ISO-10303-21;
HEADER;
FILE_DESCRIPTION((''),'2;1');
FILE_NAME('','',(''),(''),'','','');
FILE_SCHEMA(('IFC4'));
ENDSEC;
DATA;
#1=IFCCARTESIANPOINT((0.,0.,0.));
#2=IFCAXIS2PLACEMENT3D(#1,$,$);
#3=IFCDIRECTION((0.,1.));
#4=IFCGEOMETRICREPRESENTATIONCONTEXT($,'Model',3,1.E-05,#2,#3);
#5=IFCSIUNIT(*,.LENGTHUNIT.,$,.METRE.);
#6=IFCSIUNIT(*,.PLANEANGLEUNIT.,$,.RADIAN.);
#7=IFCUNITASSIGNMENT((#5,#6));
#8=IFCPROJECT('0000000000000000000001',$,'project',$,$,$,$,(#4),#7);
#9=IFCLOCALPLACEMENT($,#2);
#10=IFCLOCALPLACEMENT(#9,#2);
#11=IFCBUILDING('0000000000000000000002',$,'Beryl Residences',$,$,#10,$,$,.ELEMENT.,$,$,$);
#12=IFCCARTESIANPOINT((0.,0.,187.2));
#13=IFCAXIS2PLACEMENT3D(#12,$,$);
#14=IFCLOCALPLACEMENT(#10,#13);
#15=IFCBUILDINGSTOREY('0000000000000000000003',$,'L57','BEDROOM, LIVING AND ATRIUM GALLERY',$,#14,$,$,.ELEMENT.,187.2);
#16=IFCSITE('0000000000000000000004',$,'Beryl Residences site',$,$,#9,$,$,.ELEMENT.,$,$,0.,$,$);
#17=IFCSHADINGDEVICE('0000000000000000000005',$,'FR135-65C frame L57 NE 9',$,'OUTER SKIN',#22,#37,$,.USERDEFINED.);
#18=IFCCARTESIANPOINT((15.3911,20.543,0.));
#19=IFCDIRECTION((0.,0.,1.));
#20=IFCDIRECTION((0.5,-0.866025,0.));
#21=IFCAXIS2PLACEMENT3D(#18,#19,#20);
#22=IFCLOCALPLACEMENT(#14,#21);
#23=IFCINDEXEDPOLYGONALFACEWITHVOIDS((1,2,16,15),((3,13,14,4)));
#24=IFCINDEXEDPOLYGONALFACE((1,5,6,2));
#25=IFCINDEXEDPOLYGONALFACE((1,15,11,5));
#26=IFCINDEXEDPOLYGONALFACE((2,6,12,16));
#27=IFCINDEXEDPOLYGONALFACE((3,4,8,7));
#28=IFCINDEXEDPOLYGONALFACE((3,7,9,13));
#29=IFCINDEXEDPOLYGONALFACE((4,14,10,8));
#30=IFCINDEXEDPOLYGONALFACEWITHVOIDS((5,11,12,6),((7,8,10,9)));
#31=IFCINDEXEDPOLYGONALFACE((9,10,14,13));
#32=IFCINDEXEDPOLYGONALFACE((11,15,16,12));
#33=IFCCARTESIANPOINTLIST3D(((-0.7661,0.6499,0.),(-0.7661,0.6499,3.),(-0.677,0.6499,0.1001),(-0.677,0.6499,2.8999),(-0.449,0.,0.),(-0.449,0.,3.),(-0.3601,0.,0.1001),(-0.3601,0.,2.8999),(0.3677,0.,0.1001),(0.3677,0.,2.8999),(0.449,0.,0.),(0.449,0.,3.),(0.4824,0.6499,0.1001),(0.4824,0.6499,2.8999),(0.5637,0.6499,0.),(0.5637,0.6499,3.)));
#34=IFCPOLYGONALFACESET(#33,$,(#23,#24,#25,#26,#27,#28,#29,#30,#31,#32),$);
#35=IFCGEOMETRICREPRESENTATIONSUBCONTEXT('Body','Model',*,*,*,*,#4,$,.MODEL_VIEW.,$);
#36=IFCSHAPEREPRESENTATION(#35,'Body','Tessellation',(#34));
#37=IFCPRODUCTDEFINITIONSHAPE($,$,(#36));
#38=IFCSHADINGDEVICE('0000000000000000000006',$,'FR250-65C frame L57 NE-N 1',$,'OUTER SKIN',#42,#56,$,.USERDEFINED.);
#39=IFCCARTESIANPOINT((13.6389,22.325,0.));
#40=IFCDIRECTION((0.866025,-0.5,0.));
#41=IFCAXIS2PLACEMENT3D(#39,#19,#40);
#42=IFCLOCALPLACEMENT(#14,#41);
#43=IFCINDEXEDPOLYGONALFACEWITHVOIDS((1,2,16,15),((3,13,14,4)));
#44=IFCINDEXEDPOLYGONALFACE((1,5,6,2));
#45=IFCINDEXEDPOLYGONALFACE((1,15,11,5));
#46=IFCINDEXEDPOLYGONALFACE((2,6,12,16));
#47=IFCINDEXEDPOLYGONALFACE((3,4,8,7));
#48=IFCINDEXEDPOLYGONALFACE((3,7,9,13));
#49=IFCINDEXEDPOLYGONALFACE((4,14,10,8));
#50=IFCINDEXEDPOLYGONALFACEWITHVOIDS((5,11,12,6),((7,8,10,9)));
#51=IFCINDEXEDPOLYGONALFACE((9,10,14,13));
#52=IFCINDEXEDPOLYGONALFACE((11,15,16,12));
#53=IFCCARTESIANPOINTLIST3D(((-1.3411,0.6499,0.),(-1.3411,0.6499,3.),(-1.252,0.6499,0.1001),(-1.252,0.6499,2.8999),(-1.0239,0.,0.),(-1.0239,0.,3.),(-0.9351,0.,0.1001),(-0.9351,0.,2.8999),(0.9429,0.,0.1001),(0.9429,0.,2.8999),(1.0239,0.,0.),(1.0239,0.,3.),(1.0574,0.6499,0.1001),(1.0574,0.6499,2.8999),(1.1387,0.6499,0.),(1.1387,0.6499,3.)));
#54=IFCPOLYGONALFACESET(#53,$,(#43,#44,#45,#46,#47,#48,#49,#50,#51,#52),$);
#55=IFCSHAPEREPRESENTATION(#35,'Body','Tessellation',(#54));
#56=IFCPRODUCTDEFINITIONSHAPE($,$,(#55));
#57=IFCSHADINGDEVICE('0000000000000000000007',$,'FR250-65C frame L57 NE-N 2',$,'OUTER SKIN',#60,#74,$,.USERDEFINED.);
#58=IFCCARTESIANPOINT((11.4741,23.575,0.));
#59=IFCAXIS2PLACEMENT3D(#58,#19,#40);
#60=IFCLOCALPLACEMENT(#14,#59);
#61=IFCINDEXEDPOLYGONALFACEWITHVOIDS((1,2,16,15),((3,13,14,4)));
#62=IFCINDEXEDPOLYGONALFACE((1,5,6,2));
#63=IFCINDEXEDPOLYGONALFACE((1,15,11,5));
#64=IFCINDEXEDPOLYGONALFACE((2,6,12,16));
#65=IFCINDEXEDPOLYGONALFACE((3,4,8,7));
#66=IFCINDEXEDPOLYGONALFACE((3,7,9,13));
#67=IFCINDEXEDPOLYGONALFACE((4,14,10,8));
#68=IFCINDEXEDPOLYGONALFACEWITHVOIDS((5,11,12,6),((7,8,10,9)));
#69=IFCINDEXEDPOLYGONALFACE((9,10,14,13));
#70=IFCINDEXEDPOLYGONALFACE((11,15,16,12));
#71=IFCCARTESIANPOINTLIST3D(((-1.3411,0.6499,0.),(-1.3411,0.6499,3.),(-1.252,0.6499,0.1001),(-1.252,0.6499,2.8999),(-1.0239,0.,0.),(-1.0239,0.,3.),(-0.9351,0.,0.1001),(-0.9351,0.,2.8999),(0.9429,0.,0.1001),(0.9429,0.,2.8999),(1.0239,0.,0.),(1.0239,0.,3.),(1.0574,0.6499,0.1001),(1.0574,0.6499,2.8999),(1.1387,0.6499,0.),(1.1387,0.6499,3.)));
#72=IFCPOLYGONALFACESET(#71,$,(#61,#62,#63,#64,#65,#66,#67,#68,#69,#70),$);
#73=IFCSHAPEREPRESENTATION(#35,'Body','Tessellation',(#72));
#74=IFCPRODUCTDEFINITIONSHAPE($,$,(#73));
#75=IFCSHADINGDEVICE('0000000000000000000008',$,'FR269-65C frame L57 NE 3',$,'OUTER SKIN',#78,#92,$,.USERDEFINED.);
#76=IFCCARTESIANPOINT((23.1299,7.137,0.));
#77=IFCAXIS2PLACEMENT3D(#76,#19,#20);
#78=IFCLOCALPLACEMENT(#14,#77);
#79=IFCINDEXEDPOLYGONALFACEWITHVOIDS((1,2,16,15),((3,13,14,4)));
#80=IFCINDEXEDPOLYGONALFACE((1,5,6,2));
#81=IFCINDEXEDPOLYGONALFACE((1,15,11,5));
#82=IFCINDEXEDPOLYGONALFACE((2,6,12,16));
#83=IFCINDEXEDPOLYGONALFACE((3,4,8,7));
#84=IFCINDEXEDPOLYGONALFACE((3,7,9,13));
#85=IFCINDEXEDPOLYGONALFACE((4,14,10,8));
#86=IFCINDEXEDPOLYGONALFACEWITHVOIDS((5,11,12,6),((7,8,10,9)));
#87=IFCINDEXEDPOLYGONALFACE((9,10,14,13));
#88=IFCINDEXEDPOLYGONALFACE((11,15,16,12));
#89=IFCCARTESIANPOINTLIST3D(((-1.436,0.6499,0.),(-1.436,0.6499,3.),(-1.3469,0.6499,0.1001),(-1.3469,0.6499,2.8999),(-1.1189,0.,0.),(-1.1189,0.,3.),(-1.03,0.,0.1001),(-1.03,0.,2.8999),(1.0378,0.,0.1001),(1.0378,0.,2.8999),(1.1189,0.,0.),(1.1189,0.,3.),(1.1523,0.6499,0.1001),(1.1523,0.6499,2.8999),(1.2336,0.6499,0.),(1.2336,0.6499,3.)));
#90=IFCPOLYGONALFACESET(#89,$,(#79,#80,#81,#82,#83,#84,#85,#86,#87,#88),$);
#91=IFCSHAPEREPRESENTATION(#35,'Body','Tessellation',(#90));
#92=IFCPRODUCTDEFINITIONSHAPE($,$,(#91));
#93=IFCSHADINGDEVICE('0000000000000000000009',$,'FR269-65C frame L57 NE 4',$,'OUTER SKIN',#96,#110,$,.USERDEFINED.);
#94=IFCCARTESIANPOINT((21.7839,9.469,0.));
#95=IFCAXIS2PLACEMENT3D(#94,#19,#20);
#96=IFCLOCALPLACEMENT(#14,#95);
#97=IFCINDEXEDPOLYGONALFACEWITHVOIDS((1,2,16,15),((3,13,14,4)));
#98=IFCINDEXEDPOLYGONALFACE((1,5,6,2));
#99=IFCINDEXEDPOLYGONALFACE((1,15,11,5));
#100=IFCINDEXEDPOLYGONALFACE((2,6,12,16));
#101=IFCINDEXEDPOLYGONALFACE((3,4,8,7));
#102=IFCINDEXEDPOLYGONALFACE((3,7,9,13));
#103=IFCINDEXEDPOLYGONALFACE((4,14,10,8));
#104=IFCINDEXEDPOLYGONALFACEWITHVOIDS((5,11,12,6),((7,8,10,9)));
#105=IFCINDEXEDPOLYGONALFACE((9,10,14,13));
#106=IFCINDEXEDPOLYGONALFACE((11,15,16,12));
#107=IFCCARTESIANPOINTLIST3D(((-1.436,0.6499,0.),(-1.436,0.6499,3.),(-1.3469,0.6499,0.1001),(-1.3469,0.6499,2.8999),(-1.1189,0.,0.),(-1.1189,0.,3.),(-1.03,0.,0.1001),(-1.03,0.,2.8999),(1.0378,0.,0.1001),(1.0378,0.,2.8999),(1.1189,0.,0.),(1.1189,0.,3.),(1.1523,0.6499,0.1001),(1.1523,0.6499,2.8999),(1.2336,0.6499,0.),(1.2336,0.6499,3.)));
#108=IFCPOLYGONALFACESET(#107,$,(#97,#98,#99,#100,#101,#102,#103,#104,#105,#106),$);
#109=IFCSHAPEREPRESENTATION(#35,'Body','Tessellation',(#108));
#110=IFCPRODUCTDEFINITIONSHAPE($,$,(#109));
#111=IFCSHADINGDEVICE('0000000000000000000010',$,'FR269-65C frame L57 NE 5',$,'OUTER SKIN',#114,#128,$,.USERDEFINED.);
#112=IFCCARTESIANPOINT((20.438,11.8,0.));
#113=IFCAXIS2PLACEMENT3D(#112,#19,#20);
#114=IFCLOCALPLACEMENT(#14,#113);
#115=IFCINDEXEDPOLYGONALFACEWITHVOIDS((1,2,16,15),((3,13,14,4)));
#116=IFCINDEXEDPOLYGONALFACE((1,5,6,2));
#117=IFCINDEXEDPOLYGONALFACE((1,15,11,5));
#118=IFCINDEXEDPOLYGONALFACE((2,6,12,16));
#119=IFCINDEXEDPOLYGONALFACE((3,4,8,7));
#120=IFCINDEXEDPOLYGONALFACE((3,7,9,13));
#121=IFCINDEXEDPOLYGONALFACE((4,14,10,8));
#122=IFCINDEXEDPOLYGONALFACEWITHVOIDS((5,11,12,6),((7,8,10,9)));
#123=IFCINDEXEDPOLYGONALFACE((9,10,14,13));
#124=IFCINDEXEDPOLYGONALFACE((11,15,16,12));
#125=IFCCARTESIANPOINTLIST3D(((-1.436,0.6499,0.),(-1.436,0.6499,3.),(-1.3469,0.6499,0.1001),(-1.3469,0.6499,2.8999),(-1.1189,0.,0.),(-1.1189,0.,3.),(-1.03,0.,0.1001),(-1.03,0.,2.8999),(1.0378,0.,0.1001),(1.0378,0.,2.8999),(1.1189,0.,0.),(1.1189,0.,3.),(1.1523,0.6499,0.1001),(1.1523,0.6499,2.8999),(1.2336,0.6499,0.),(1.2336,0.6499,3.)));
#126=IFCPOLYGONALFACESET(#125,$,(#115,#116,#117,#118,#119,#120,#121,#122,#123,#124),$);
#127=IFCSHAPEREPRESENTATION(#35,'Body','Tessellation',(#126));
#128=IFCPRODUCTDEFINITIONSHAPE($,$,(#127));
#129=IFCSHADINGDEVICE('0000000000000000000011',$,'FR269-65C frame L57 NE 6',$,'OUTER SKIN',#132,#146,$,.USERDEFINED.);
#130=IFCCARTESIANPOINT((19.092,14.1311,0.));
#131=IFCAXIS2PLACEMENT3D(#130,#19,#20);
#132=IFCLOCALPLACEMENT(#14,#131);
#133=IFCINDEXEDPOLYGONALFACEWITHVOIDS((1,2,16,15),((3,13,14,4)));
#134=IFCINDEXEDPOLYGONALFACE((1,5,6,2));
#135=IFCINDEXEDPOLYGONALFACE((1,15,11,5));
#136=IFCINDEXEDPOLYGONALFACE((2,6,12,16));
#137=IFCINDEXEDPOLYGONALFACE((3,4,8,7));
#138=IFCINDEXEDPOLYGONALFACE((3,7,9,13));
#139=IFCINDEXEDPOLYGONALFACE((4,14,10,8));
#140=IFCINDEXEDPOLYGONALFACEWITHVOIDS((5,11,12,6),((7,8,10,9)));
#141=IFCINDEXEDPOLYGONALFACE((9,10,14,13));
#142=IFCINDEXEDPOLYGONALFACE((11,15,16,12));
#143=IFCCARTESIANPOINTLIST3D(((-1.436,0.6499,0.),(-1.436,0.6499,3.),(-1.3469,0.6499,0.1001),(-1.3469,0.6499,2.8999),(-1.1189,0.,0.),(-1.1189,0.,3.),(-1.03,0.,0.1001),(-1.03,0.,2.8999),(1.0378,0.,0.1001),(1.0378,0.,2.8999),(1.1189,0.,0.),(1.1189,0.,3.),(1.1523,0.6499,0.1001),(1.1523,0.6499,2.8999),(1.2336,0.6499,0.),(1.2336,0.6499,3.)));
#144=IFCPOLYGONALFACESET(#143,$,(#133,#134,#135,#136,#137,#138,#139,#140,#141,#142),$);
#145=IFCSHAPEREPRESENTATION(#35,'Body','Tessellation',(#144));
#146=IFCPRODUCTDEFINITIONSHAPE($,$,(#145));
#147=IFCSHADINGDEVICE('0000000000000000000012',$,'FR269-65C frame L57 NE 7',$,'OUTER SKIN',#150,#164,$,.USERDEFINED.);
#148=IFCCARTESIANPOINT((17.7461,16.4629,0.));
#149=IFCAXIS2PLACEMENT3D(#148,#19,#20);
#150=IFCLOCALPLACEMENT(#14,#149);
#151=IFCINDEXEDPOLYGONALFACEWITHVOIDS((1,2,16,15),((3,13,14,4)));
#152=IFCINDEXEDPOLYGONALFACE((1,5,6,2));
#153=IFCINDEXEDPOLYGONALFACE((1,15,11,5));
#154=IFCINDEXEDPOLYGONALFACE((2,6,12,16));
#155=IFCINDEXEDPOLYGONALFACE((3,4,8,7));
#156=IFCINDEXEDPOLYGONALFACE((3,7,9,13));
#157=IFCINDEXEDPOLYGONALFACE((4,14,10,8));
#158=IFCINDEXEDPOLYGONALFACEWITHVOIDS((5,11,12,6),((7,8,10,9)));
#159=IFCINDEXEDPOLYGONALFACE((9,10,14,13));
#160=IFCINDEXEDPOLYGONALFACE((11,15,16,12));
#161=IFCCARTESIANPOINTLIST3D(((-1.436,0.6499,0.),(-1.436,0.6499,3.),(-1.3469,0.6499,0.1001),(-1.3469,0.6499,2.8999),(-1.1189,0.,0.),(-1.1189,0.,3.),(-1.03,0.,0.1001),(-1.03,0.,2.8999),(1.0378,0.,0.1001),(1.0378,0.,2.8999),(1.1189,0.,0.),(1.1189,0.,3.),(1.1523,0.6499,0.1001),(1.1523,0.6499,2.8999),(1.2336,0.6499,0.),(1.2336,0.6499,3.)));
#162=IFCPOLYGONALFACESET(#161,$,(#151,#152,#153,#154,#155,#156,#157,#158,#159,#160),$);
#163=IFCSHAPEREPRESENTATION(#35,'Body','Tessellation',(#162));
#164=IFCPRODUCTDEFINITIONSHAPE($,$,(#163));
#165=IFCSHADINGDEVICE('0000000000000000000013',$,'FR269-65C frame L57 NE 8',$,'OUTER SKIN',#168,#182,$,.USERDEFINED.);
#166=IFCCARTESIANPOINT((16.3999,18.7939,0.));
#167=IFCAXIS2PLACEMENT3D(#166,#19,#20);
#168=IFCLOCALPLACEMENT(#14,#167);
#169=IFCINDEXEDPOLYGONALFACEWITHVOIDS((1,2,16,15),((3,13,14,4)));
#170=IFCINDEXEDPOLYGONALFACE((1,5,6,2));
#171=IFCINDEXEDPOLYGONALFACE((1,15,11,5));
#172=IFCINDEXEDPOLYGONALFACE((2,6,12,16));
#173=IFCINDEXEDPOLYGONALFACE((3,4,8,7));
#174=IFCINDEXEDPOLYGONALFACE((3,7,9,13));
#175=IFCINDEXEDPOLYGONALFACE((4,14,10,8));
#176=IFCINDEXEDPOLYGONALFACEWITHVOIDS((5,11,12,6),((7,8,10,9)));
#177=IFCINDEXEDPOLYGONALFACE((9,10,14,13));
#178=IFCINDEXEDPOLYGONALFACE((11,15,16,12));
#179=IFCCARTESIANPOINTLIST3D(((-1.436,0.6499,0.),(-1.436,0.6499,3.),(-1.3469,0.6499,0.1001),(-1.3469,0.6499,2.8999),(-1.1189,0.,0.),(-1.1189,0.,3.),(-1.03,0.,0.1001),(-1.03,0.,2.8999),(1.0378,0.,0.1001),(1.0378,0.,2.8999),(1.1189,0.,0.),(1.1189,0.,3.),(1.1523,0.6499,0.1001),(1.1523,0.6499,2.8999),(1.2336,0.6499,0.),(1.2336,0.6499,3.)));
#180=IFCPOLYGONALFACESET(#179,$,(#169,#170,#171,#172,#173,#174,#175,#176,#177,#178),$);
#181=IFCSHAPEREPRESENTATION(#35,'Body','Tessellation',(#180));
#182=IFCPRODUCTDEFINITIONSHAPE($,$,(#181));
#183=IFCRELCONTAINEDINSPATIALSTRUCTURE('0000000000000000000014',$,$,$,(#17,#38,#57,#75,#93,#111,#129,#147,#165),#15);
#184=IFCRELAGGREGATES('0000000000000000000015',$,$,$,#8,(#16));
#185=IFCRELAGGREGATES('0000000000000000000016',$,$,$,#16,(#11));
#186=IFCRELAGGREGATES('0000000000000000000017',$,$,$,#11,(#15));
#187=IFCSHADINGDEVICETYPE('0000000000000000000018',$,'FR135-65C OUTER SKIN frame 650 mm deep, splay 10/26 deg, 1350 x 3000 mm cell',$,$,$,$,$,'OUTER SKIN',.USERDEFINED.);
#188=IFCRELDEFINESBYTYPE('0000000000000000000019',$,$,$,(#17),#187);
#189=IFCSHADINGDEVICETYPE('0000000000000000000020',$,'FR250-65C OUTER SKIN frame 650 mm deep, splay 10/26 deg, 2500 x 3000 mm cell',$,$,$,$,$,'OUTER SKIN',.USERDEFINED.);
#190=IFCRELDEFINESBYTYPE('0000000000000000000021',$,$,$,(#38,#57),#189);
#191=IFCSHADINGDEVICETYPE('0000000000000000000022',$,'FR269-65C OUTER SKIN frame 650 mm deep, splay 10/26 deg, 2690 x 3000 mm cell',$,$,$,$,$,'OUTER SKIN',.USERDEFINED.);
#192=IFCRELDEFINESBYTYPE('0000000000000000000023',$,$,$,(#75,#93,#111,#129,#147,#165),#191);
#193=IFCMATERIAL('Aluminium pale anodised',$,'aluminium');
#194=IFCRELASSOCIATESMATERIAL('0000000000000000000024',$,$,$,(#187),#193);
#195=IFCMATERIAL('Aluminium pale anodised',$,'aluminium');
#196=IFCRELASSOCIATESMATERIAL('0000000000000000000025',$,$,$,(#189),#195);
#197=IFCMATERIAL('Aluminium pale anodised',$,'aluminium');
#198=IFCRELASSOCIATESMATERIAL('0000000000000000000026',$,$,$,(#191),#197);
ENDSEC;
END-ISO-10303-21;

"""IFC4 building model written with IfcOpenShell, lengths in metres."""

from ifc_helpers import new_model, entity, si_unit, direction, frame, origin, place, context, subcontext, project, spatial, source, transform, mapped, material, type_object, type_shapes, element, save


model = new_model("IFC4")

# Units and contexts
model_context = context("Model", 3, precision=1e-05, world=origin(), true_north=direction((0.0, 1.0)))
body_context = subcontext(model_context, "Body", "Model", "MODEL_VIEW")
ifc_project = project(units=[si_unit("LENGTHUNIT", "METRE"), si_unit("PLANEANGLEUNIT", "RADIAN")], contexts=[model_context])

# Site, building, storey
site_placement = place(None, origin())
site = spatial("IfcSite", under=ifc_project, at=site_placement, Name="Beryl Residences site", CompositionType="ELEMENT", RefElevation=0.0)
building_placement = place(site_placement, origin())
building = spatial("IfcBuilding", under=site, at=building_placement, Name="Beryl Residences", CompositionType="ELEMENT")
storey_placement = place(building_placement, frame((0.0, 0.0, 187.2)))
storey = spatial("IfcBuildingStorey", under=building, at=storey_placement, Name="L57", Description="BEDROOM, LIVING AND ATRIUM GALLERY", CompositionType="ELEMENT", Elevation=187.2)

# Shading devices
ifc_material_1 = material(Name="Aluminium pale anodised", Category="aluminium")
shading_device_type_1 = type_object("IfcShadingDeviceType", Name="FR135-65C OUTER SKIN frame 650 mm deep, splay 10/26 deg, 1350 x 3000 mm cell", ElementType="OUTER SKIN", PredefinedType="USERDEFINED", material=ifc_material_1)
cartesian_point_1 = entity("IfcCartesianPoint", [-0.449, 0.0])
cartesian_point_2 = entity("IfcCartesianPoint", [-0.3677, 0.1001])
cartesian_point_3 = entity("IfcCartesianPoint", [-0.5637, 0.0])
cartesian_point_4 = entity("IfcCartesianPoint", [-0.4824, 0.1001])
shared_shape_1 = source(origin(), body_context, "Body", "SweptSolid", [
    entity("IfcExtrudedAreaSolidTapered", entity("IfcArbitraryProfileDefWithVoids", "AREA", None, entity("IfcPolyline", [cartesian_point_1, entity("IfcCartesianPoint", [0.449, 0.0]), entity("IfcCartesianPoint", [0.449, 3.0]), entity("IfcCartesianPoint", [-0.449, 3.0]), cartesian_point_1]), [entity("IfcPolyline", [cartesian_point_2, entity("IfcCartesianPoint", [0.3601, 0.1001]), entity("IfcCartesianPoint", [0.3601, 2.8999]), entity("IfcCartesianPoint", [-0.3677, 2.8999]), cartesian_point_2])]), entity("IfcAxis2Placement3D", entity("IfcCartesianPoint", [0.0, 0.0, 0.0]), entity("IfcDirection", [0.0, 1.0, 0.0]), entity("IfcDirection", [-1.0, 0.0, 0.0])), entity("IfcDirection", [0.0, 0.0, 1.0]), 0.6499, entity("IfcArbitraryProfileDefWithVoids", "AREA", None, entity("IfcPolyline", [cartesian_point_3, entity("IfcCartesianPoint", [0.7661, 0.0]), entity("IfcCartesianPoint", [0.7661, 3.0]), entity("IfcCartesianPoint", [-0.5637, 3.0]), cartesian_point_3]), [entity("IfcPolyline", [cartesian_point_4, entity("IfcCartesianPoint", [0.677, 0.1001]), entity("IfcCartesianPoint", [0.677, 2.8999]), entity("IfcCartesianPoint", [-0.4824, 2.8999]), cartesian_point_4])])),
])
type_shapes(shading_device_type_1, [shared_shape_1])
shading_device_placement = place(storey_placement, frame((15.3911, 20.543, 0.0), z_axis=(0.0, 0.0, 1.0), x_axis=(0.5, -0.866025, 0.0)))
element("IfcShadingDevice", 1, at=shading_device_placement, inside=storey, type_object=shading_device_type_1, Name="FR135-65C frame L57 NE 9", ObjectType="OUTER SKIN", PredefinedType="USERDEFINED", context=body_context, shape_type="MappedRepresentation", body=[
    mapped(shared_shape_1, transform((0.0, 0.0, 0.0))),
])
ifc_material_2 = material(Name="Aluminium pale anodised", Category="aluminium")
shading_device_type_2 = type_object("IfcShadingDeviceType", Name="FR250-65C OUTER SKIN frame 650 mm deep, splay 10/26 deg, 2500 x 3000 mm cell", ElementType="OUTER SKIN", PredefinedType="USERDEFINED", material=ifc_material_2)
cartesian_point_5 = entity("IfcCartesianPoint", [-1.0239, 0.0])
cartesian_point_6 = entity("IfcCartesianPoint", [-0.9429, 0.1001])
cartesian_point_7 = entity("IfcCartesianPoint", [-1.1387, 0.0])
cartesian_point_8 = entity("IfcCartesianPoint", [-1.0574, 0.1001])
shared_shape_2 = source(origin(), body_context, "Body", "SweptSolid", [
    entity("IfcExtrudedAreaSolidTapered", entity("IfcArbitraryProfileDefWithVoids", "AREA", None, entity("IfcPolyline", [cartesian_point_5, entity("IfcCartesianPoint", [1.0239, 0.0]), entity("IfcCartesianPoint", [1.0239, 3.0]), entity("IfcCartesianPoint", [-1.0239, 3.0]), cartesian_point_5]), [entity("IfcPolyline", [cartesian_point_6, entity("IfcCartesianPoint", [0.9351, 0.1001]), entity("IfcCartesianPoint", [0.9351, 2.8999]), entity("IfcCartesianPoint", [-0.9429, 2.8999]), cartesian_point_6])]), entity("IfcAxis2Placement3D", entity("IfcCartesianPoint", [0.0, 0.0, 0.0]), entity("IfcDirection", [0.0, 1.0, 0.0]), entity("IfcDirection", [-1.0, 0.0, 0.0])), entity("IfcDirection", [0.0, 0.0, 1.0]), 0.6499, entity("IfcArbitraryProfileDefWithVoids", "AREA", None, entity("IfcPolyline", [cartesian_point_7, entity("IfcCartesianPoint", [1.3411, 0.0]), entity("IfcCartesianPoint", [1.3411, 3.0]), entity("IfcCartesianPoint", [-1.1387, 3.0]), cartesian_point_7]), [entity("IfcPolyline", [cartesian_point_8, entity("IfcCartesianPoint", [1.252, 0.1001]), entity("IfcCartesianPoint", [1.252, 2.8999]), entity("IfcCartesianPoint", [-1.0574, 2.8999]), cartesian_point_8])])),
])
type_shapes(shading_device_type_2, [shared_shape_2])
for number, where, z_axis, x_axis, name in (
    (2, (13.6389, 22.325, 0.0), (0.0, 0.0, 1.0), (0.866025, -0.5, 0.0), "FR250-65C frame L57 NE-N 1"),
    (3, (11.4741, 23.575, 0.0), (0.0, 0.0, 1.0), (0.866025, -0.5, 0.0), "FR250-65C frame L57 NE-N 2"),
):
    element("IfcShadingDevice", number, at=place(storey_placement, frame(where, z_axis=z_axis, x_axis=x_axis)), inside=storey, type_object=shading_device_type_2, Name=name, ObjectType="OUTER SKIN", PredefinedType="USERDEFINED", context=body_context, shape_type="MappedRepresentation", body=[
        mapped(shared_shape_2, transform((0.0, 0.0, 0.0))),
    ])
ifc_material_3 = material(Name="Aluminium pale anodised", Category="aluminium")
shading_device_type_3 = type_object("IfcShadingDeviceType", Name="FR269-65C OUTER SKIN frame 650 mm deep, splay 10/26 deg, 2690 x 3000 mm cell", ElementType="OUTER SKIN", PredefinedType="USERDEFINED", material=ifc_material_3)
cartesian_point_9 = entity("IfcCartesianPoint", [-1.1189, 0.0])
cartesian_point_10 = entity("IfcCartesianPoint", [-1.0378, 0.1001])
cartesian_point_11 = entity("IfcCartesianPoint", [-1.2336, 0.0])
cartesian_point_12 = entity("IfcCartesianPoint", [-1.1523, 0.1001])
shared_shape_3 = source(origin(), body_context, "Body", "SweptSolid", [
    entity("IfcExtrudedAreaSolidTapered", entity("IfcArbitraryProfileDefWithVoids", "AREA", None, entity("IfcPolyline", [cartesian_point_9, entity("IfcCartesianPoint", [1.1189, 0.0]), entity("IfcCartesianPoint", [1.1189, 3.0]), entity("IfcCartesianPoint", [-1.1189, 3.0]), cartesian_point_9]), [entity("IfcPolyline", [cartesian_point_10, entity("IfcCartesianPoint", [1.03, 0.1001]), entity("IfcCartesianPoint", [1.03, 2.8999]), entity("IfcCartesianPoint", [-1.0378, 2.8999]), cartesian_point_10])]), entity("IfcAxis2Placement3D", entity("IfcCartesianPoint", [0.0, 0.0, 0.0]), entity("IfcDirection", [0.0, 1.0, 0.0]), entity("IfcDirection", [-1.0, 0.0, 0.0])), entity("IfcDirection", [0.0, 0.0, 1.0]), 0.6499, entity("IfcArbitraryProfileDefWithVoids", "AREA", None, entity("IfcPolyline", [cartesian_point_11, entity("IfcCartesianPoint", [1.436, 0.0]), entity("IfcCartesianPoint", [1.436, 3.0]), entity("IfcCartesianPoint", [-1.2336, 3.0]), cartesian_point_11]), [entity("IfcPolyline", [cartesian_point_12, entity("IfcCartesianPoint", [1.3469, 0.1001]), entity("IfcCartesianPoint", [1.3469, 2.8999]), entity("IfcCartesianPoint", [-1.1523, 2.8999]), cartesian_point_12])])),
])
type_shapes(shading_device_type_3, [shared_shape_3])
for number, where, z_axis, x_axis, name in (
    (4, (23.1299, 7.137, 0.0), (0.0, 0.0, 1.0), (0.5, -0.866025, 0.0), "FR269-65C frame L57 NE 3"),
    (5, (21.7839, 9.469, 0.0), (0.0, 0.0, 1.0), (0.5, -0.866025, 0.0), "FR269-65C frame L57 NE 4"),
    (6, (20.438, 11.8, 0.0), (0.0, 0.0, 1.0), (0.5, -0.866025, 0.0), "FR269-65C frame L57 NE 5"),
    (7, (19.092, 14.1311, 0.0), (0.0, 0.0, 1.0), (0.5, -0.866025, 0.0), "FR269-65C frame L57 NE 6"),
    (8, (17.7461, 16.4629, 0.0), (0.0, 0.0, 1.0), (0.5, -0.866025, 0.0), "FR269-65C frame L57 NE 7"),
    (9, (16.3999, 18.7939, 0.0), (0.0, 0.0, 1.0), (0.5, -0.866025, 0.0), "FR269-65C frame L57 NE 8"),
):
    element("IfcShadingDevice", number, at=place(storey_placement, frame(where, z_axis=z_axis, x_axis=x_axis)), inside=storey, type_object=shading_device_type_3, Name=name, ObjectType="OUTER SKIN", PredefinedType="USERDEFINED", context=body_context, shape_type="MappedRepresentation", body=[
        mapped(shared_shape_3, transform((0.0, 0.0, 0.0))),
    ])

save(model, "model.ifc")
